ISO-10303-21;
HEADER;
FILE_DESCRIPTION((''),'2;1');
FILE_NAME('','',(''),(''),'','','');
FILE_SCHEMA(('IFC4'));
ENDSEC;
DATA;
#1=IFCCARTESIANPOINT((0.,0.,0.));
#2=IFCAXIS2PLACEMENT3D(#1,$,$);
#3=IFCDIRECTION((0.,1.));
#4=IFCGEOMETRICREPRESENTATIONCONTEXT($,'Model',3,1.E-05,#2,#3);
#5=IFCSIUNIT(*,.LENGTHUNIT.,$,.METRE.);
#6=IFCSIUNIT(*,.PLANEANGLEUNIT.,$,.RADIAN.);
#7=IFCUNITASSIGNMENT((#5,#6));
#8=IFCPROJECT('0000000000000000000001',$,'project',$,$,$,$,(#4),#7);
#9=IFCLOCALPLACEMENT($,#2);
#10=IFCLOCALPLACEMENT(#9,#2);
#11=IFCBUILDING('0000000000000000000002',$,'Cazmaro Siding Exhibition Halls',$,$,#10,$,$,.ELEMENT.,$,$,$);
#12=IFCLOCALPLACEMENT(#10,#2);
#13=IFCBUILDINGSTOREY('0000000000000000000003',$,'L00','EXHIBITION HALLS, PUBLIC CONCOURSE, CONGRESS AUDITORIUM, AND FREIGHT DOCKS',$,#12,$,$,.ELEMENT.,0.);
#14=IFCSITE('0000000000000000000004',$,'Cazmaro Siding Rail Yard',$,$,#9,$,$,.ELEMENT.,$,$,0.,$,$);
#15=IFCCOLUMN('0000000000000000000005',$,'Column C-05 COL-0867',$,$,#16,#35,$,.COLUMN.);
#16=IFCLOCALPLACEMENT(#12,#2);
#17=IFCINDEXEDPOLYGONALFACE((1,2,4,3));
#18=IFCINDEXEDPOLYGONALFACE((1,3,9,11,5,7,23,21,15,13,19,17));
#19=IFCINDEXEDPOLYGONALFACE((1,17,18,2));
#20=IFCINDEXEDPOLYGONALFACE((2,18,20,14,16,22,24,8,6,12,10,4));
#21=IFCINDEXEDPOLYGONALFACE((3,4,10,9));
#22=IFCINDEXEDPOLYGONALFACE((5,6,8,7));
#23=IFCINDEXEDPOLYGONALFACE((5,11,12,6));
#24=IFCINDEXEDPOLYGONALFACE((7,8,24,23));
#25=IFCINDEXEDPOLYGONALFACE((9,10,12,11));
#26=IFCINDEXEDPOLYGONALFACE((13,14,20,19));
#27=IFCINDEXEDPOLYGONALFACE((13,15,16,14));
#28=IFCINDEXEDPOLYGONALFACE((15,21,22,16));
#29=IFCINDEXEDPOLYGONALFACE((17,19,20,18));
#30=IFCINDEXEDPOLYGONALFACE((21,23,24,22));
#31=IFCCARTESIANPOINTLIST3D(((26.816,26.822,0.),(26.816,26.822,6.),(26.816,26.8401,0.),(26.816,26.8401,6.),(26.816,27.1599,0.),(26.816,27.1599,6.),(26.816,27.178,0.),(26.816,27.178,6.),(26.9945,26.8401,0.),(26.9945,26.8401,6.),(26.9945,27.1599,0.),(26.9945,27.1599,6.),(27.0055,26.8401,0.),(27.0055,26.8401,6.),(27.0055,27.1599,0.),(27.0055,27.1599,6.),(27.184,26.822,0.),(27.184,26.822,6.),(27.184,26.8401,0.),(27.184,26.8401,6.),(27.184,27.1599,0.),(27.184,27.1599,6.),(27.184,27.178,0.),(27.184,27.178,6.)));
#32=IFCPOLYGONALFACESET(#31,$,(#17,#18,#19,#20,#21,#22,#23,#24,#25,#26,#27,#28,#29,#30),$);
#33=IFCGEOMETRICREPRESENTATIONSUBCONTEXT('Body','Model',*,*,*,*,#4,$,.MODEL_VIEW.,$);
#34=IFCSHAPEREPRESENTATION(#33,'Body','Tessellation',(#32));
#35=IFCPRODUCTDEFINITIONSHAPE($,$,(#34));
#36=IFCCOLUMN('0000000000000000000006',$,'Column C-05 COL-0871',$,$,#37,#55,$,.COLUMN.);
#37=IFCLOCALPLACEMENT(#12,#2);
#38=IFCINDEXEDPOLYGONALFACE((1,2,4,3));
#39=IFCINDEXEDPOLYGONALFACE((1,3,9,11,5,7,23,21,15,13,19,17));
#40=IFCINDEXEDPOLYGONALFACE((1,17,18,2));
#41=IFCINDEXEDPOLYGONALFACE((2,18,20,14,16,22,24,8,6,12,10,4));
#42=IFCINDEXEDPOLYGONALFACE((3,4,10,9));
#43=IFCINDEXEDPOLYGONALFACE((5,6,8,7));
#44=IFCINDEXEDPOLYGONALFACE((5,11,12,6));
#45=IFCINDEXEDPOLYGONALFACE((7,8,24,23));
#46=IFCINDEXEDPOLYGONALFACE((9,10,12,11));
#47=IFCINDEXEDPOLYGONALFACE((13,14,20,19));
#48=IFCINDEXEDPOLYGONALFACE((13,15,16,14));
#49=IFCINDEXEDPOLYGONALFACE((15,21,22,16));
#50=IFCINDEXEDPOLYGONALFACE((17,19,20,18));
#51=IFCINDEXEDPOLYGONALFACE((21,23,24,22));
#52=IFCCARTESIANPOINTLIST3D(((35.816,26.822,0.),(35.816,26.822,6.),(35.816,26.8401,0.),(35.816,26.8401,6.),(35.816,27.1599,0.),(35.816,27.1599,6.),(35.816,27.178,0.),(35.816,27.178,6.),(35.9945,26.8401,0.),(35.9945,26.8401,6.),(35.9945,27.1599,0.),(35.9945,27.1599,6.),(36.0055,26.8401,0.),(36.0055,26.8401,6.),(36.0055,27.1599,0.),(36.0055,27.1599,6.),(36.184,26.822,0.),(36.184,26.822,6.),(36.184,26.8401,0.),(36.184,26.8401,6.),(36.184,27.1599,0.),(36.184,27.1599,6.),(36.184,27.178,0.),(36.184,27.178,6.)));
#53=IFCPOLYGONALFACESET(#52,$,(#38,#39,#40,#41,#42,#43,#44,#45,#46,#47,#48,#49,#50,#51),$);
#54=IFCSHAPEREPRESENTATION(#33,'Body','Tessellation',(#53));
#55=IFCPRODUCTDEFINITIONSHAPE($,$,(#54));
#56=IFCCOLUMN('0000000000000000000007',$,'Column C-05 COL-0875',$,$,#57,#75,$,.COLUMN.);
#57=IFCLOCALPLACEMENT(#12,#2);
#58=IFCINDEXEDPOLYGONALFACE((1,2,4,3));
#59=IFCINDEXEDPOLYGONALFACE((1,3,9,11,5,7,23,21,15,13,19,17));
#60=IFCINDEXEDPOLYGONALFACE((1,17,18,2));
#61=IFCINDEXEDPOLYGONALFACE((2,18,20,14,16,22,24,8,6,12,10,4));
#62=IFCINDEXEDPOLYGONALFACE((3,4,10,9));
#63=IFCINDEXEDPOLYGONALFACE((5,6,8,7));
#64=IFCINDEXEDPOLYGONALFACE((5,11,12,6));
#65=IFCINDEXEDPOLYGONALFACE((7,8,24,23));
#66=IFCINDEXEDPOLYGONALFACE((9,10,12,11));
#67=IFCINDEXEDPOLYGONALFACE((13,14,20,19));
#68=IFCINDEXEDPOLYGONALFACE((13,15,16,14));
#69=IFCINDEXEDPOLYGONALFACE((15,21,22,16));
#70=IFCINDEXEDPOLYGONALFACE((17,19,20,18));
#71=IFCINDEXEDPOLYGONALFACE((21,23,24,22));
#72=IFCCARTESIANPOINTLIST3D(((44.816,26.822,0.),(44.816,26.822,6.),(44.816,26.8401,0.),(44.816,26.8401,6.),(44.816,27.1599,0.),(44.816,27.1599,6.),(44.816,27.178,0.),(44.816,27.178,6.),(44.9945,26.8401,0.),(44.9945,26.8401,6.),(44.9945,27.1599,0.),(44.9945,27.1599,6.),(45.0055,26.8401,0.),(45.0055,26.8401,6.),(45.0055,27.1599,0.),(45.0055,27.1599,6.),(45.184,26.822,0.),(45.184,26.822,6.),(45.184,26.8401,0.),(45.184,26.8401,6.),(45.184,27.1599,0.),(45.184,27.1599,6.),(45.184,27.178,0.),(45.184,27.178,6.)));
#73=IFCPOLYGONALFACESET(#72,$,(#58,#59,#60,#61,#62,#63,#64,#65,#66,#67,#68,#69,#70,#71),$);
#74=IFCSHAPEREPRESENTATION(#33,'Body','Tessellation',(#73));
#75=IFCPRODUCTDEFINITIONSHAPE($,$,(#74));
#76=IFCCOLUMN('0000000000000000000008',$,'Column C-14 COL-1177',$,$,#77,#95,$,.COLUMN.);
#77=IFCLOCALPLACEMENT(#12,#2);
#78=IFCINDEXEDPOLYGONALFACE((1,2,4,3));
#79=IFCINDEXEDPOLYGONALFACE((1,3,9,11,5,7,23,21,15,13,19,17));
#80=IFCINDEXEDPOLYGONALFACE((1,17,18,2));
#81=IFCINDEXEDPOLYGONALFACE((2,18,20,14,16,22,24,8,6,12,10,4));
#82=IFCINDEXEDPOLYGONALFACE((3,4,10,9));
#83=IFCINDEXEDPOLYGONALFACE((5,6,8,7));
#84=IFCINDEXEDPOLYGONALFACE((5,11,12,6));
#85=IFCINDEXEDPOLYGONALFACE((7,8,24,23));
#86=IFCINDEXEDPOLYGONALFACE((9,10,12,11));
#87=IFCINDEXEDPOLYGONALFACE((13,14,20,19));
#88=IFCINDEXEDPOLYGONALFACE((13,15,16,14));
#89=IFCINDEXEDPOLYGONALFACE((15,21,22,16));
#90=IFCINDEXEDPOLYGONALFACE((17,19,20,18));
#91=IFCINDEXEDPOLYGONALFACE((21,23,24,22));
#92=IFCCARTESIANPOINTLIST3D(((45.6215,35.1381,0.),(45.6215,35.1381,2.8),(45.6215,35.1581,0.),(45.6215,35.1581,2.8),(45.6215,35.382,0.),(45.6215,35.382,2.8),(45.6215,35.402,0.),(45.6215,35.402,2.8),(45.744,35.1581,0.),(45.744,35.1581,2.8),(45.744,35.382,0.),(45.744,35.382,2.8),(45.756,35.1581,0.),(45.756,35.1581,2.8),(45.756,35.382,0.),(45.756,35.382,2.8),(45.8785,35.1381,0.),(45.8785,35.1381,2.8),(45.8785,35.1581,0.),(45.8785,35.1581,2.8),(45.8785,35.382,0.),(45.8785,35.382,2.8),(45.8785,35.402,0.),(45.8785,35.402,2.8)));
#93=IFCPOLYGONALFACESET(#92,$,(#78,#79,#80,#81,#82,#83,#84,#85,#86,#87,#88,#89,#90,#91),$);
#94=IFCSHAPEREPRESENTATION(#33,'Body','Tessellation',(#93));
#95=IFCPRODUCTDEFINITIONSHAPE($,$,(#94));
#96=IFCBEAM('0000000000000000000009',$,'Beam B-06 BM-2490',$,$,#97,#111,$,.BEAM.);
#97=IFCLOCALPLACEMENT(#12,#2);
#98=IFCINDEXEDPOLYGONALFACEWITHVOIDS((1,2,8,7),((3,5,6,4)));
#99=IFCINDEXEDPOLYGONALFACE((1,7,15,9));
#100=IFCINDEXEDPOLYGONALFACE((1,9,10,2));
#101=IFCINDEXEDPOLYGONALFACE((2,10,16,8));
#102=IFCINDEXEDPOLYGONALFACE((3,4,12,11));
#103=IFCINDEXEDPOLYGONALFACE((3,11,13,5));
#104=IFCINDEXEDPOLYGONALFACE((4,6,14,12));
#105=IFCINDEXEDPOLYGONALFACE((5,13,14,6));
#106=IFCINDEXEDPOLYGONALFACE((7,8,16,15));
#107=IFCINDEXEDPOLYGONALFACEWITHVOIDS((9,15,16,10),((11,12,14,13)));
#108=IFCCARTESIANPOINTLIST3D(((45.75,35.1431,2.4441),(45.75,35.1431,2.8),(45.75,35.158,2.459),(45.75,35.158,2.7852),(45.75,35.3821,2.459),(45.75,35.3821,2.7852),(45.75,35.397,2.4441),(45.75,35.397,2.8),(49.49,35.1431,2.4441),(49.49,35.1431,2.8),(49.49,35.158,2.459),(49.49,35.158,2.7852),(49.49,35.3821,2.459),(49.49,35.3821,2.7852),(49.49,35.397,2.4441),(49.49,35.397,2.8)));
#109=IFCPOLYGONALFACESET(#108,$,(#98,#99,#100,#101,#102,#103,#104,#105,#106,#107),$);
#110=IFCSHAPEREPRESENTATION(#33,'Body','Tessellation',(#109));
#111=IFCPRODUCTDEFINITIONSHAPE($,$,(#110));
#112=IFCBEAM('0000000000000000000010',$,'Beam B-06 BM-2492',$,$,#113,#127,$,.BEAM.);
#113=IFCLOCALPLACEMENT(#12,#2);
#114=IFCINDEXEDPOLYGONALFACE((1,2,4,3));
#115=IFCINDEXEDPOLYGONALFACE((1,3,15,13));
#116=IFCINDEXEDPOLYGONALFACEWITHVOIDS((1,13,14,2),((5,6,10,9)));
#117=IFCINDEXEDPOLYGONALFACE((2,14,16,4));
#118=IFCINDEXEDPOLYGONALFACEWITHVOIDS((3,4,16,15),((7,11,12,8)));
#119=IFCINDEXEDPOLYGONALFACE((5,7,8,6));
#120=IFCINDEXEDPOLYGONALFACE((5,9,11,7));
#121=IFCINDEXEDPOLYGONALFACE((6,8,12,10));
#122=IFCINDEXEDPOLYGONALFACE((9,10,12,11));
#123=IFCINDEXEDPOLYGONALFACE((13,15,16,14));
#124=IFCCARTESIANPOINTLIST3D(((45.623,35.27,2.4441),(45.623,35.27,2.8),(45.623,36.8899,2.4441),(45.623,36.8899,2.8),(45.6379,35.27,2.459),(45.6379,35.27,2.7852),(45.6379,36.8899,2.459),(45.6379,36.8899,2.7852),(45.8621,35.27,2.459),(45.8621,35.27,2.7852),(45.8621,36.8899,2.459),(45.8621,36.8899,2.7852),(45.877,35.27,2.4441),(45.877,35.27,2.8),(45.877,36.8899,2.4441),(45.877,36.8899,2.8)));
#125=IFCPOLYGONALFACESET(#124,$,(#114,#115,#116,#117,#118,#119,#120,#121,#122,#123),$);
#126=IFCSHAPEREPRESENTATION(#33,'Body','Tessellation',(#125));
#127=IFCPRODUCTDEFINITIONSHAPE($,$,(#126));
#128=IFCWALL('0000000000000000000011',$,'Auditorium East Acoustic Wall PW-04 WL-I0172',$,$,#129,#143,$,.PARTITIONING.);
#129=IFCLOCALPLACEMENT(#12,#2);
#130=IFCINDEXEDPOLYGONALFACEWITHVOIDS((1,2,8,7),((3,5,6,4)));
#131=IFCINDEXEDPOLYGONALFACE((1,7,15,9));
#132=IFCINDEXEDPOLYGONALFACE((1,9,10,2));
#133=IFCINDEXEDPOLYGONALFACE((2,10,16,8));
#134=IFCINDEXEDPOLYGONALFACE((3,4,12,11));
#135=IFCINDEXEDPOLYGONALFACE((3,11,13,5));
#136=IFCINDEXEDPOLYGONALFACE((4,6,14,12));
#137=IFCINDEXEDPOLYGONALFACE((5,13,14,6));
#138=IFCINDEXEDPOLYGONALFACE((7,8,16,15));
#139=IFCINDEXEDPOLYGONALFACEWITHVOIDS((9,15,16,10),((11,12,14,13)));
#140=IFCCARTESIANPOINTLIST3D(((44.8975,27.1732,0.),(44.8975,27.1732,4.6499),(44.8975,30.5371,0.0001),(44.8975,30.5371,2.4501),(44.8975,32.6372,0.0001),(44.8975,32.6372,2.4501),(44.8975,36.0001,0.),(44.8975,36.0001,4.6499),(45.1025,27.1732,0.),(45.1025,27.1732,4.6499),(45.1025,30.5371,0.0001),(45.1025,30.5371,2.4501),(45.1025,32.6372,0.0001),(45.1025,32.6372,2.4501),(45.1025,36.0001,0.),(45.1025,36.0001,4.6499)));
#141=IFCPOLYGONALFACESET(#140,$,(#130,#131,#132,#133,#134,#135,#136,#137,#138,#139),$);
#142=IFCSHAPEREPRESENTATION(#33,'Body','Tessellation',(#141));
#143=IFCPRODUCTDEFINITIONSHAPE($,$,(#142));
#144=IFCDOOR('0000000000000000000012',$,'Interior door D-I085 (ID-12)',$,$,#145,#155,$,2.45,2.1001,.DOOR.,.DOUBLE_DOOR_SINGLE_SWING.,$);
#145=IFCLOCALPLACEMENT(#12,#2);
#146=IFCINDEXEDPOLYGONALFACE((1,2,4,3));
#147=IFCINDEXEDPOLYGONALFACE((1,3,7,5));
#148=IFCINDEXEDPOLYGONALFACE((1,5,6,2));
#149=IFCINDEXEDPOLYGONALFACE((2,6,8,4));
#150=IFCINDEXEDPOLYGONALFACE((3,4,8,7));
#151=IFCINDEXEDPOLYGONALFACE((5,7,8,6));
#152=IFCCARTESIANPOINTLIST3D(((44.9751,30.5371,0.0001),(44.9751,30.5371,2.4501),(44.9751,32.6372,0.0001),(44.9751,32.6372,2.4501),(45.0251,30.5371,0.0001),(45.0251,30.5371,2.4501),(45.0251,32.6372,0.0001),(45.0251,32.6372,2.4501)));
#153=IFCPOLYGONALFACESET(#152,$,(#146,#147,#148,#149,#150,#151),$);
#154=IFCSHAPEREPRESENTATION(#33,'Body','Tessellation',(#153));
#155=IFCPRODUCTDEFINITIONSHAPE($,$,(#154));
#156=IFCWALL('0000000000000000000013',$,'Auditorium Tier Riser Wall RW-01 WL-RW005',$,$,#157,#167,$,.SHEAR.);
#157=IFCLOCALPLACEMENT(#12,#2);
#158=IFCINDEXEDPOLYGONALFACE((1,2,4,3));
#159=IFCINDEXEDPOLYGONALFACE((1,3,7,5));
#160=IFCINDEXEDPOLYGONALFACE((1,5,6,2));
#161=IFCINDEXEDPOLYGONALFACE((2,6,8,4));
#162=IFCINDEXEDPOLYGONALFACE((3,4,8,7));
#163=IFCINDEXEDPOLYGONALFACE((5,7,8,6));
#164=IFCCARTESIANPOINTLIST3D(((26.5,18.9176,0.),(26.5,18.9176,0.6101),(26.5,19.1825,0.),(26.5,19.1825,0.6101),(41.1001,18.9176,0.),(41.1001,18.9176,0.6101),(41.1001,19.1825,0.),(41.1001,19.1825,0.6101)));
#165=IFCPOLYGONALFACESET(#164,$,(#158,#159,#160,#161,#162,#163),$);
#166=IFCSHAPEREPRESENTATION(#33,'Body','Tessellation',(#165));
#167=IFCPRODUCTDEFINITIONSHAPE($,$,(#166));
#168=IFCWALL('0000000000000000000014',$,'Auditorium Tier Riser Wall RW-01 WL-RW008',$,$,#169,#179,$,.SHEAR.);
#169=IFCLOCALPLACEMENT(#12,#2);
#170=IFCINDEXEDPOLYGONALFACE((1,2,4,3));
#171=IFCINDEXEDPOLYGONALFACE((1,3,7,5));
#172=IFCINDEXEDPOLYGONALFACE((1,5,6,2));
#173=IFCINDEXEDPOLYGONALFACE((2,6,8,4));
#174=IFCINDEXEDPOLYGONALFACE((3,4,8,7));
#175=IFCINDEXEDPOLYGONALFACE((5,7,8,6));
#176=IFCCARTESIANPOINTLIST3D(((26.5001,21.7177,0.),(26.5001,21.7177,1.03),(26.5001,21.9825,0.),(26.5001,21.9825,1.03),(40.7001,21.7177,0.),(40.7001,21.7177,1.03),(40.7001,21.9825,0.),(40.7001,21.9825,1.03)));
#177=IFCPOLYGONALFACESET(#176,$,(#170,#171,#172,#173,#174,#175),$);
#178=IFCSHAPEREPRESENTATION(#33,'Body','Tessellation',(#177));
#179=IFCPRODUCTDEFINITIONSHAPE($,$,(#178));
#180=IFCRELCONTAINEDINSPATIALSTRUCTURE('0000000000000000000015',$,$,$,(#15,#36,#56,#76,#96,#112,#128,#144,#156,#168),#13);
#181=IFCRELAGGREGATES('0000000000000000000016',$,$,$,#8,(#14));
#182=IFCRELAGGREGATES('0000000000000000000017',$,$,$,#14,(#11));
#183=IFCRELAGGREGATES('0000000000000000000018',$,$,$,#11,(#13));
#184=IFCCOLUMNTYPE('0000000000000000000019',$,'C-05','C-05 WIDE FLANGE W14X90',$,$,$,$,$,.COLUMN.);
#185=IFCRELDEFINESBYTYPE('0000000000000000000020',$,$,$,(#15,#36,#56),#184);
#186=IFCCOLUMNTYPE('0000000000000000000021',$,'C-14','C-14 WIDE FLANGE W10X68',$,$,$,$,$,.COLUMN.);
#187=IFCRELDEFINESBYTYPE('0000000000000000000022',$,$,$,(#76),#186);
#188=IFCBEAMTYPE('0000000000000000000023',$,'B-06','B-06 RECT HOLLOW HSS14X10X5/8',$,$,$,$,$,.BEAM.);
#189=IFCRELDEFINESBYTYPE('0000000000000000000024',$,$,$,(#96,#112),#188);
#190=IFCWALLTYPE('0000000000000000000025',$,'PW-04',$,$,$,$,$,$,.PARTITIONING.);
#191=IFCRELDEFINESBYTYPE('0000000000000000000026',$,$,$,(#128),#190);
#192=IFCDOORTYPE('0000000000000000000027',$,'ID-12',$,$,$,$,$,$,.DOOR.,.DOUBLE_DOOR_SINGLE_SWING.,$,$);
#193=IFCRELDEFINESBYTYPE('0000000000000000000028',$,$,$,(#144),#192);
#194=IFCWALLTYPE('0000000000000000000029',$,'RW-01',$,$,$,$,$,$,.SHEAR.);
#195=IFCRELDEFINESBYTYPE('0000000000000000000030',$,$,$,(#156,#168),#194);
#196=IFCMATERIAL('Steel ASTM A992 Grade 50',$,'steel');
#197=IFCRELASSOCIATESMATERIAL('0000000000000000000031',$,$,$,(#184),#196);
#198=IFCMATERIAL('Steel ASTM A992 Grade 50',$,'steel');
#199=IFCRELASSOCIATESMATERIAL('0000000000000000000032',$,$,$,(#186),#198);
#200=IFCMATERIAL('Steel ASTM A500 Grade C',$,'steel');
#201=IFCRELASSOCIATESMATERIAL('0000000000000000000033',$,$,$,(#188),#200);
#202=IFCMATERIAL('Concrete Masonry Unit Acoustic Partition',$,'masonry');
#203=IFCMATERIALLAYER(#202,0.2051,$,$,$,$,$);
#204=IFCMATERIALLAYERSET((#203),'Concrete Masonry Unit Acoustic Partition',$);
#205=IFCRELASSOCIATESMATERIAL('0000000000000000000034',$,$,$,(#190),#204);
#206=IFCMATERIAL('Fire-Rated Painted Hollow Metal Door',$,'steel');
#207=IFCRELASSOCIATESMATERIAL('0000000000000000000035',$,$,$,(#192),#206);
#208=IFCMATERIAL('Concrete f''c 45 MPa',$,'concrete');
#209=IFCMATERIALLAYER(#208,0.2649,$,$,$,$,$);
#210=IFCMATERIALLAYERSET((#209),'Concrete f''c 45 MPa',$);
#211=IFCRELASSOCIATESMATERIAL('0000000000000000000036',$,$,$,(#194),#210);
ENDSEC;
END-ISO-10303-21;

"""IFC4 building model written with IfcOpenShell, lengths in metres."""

from ifc_helpers import new_model, si_unit, direction, frame, frame_2d, origin, origin_2d, place, context, subcontext, project, spatial, rectangle, hollow_rectangle, i_section, extrude, material, layer, layer_set, material_profile, profile_set, type_object, element, fill, save


model = new_model("IFC4")

# Units and contexts
model_context = context("Model", 3, precision=1e-05, world=origin(), true_north=direction((0.0, 1.0)))
body_context = subcontext(model_context, "Body", "Model", "MODEL_VIEW")
ifc_project = project(units=[si_unit("LENGTHUNIT", "METRE"), si_unit("PLANEANGLEUNIT", "RADIAN")], contexts=[model_context])

# Site, building, storey
site_placement = place(None, origin())
site = spatial("IfcSite", under=ifc_project, at=site_placement, Name="Cazmaro Siding Rail Yard", CompositionType="ELEMENT", RefElevation=0.0)
building_placement = place(site_placement, origin())
building = spatial("IfcBuilding", under=site, at=building_placement, Name="Cazmaro Siding Exhibition Halls", CompositionType="ELEMENT")
storey_placement = place(building_placement, origin())
storey = spatial("IfcBuildingStorey", under=building, at=storey_placement, Name="L00", Description="EXHIBITION HALLS, PUBLIC CONCOURSE, CONGRESS AUDITORIUM, AND FREIGHT DOCKS", CompositionType="ELEMENT", Elevation=0.0)

# Columns
ifc_material_1 = material(Name="Steel ASTM A992 Grade 50", Category="steel")
ifc_material_profile_1 = material_profile(ifc_material_1, i_section(OverallWidth=0.3679, OverallDepth=0.356, WebThickness=0.011, FlangeThickness=0.0181, at=origin_2d()), Name="W14X90")
ifc_profile_set_1 = profile_set([ifc_material_profile_1], Name="Steel ASTM A992 Grade 50")
column_type_1 = type_object("IfcColumnType", Name="C-05", Description="C-05 WIDE FLANGE W14X90", PredefinedType="COLUMN", material=ifc_profile_set_1)
for number, where, z_axis, x_axis, name in (
    (1, (27.0, 27.0, 0.0), (0.0, 0.0, 1.0), (1.0, 0.0, 0.0), "Column C-05 COL-0867"),
    (2, (36.0, 27.0, 0.0), (0.0, 0.0, 1.0), (1.0, 0.0, 0.0), "Column C-05 COL-0871"),
    (3, (45.0, 27.0, 0.0), (0.0, 0.0, 1.0), (1.0, 0.0, 0.0), "Column C-05 COL-0875"),
):
    element("IfcColumn", number, at=place(storey_placement, frame(where, z_axis=z_axis, x_axis=x_axis)), inside=storey, type_object=column_type_1, Name=name, PredefinedType="COLUMN", context=body_context, shape_type="SweptSolid", body=[
        extrude(i_section(OverallWidth=0.3679, OverallDepth=0.356, WebThickness=0.011, FlangeThickness=0.0181, at=origin_2d()), origin(), (0.0, 0.0, 1.0), 6.0),
    ])
ifc_material_2 = material(Name="Steel ASTM A992 Grade 50", Category="steel")
ifc_material_profile_2 = material_profile(ifc_material_2, i_section(OverallWidth=0.2571, OverallDepth=0.2639, WebThickness=0.012, FlangeThickness=0.02, at=origin_2d()), Name="W10X68")
ifc_profile_set_2 = profile_set([ifc_material_profile_2], Name="Steel ASTM A992 Grade 50")
column_type_2 = type_object("IfcColumnType", Name="C-14", Description="C-14 WIDE FLANGE W10X68", PredefinedType="COLUMN", material=ifc_profile_set_2)
column_placement = place(storey_placement, frame((45.75, 35.27, 0.0), z_axis=(0.0, 0.0, 1.0), x_axis=(1.0, 0.0, 0.0)))
element("IfcColumn", 4, at=column_placement, inside=storey, type_object=column_type_2, Name="Column C-14 COL-1177", PredefinedType="COLUMN", context=body_context, shape_type="SweptSolid", body=[
    extrude(i_section(OverallWidth=0.2571, OverallDepth=0.2639, WebThickness=0.012, FlangeThickness=0.02, at=origin_2d()), origin(), (0.0, 0.0, 1.0), 2.8),
])

# Beams
ifc_material_3 = material(Name="Steel ASTM A500 Grade C", Category="steel")
ifc_material_profile_3 = material_profile(ifc_material_3, hollow_rectangle(XDim=0.2539, YDim=0.356, WallThickness=0.0149, at=origin_2d()), Name="HSS14X10X5/8")
ifc_profile_set_3 = profile_set([ifc_material_profile_3], Name="Steel ASTM A500 Grade C")
beam_type = type_object("IfcBeamType", Name="B-06", Description="B-06 RECT HOLLOW HSS14X10X5/8", PredefinedType="BEAM", material=ifc_profile_set_3)
beam_1_placement = place(storey_placement, frame((45.75, 35.27, 2.6221), z_axis=(1.0, 0.0, 0.0), x_axis=(0.0, 1.0, 0.0)))
element("IfcBeam", 5, at=beam_1_placement, inside=storey, type_object=beam_type, Name="Beam B-06 BM-2490", PredefinedType="BEAM", context=body_context, shape_type="SweptSolid", body=[
    extrude(hollow_rectangle(XDim=0.2539, YDim=0.356, WallThickness=0.0149, at=origin_2d()), origin(), (0.0, 0.0, 1.0), 3.74),
])
beam_2_placement = place(storey_placement, frame((45.75, 35.27, 2.6221), z_axis=(0.0, 1.0, 0.0), x_axis=(-1.0, 0.0, 0.0)))
element("IfcBeam", 6, at=beam_2_placement, inside=storey, type_object=beam_type, Name="Beam B-06 BM-2492", PredefinedType="BEAM", context=body_context, shape_type="SweptSolid", body=[
    extrude(hollow_rectangle(XDim=0.2539, YDim=0.356, WallThickness=0.0149, at=origin_2d()), origin(), (0.0, 0.0, 1.0), 1.6199),
])

# Wall, opening, door
ifc_material_4 = material(Name="Concrete Masonry Unit Acoustic Partition", Category="masonry")
ifc_layer_1 = layer(ifc_material_4, 0.2051)
ifc_layer_set_1 = layer_set([ifc_layer_1], Name="Concrete Masonry Unit Acoustic Partition")
wall_type_1 = type_object("IfcWallType", Name="PW-04", PredefinedType="PARTITIONING", material=ifc_layer_set_1)
wall_1_placement = place(storey_placement, frame((45.0, 27.1731, 0.0), z_axis=(0.0, 0.0, 1.0), x_axis=(0.0, 1.0, 0.0)))
wall_1 = element("IfcWall", 7, at=wall_1_placement, inside=storey, type_object=wall_type_1, Name="Auditorium East Acoustic Wall PW-04 WL-I0172", PredefinedType="PARTITIONING", context=body_context, shape_type="SweptSolid", body=[
    extrude(rectangle(XDim=8.8269, YDim=0.2051, at=frame_2d((4.4136, 0.0))), origin(), (0.0, 0.0, 1.0), 4.6499),
])
opening_placement = place(wall_1_placement, frame((3.364, 0.0, 0.0)))
opening = element("IfcOpeningElement", 8, at=opening_placement, cuts=wall_1, PredefinedType="OPENING", context=body_context, shape_type="SweptSolid", body=[
    extrude(rectangle(XDim=2.1001, YDim=2.45, at=frame_2d((1.05, 1.2251))), frame((0.0, 0.1125, 0.0), z_axis=(0.0, -1.0, 0.0), x_axis=(1.0, 0.0, 0.0)), (0.0, 0.0, 1.0), 0.2251),
])
ifc_material_5 = material(Name="Fire-Rated Painted Hollow Metal Door", Category="steel")
door_type = type_object("IfcDoorType", Name="ID-12", OperationType="DOUBLE_DOOR_SINGLE_SWING", PredefinedType="DOOR", material=ifc_material_5)
door_placement = place(opening_placement, origin())
door = element("IfcDoor", 9, at=door_placement, inside=storey, type_object=door_type, Name="Interior door D-I085 (ID-12)", OperationType="DOUBLE_DOOR_SINGLE_SWING", OverallHeight=2.45, OverallWidth=2.1001, PredefinedType="DOOR", context=body_context, shape_type="SweptSolid", body=[
    extrude(rectangle(XDim=2.1001, YDim=2.45, at=frame_2d((1.05, 1.2251))), frame((0.0, 0.0249, 0.0), z_axis=(0.0, -1.0, 0.0), x_axis=(1.0, 0.0, 0.0)), (0.0, 0.0, 1.0), 0.05),
])
fill(opening, door)

# Walls
ifc_material_6 = material(Name="Concrete f'c 45 MPa", Category="concrete")
ifc_layer_2 = layer(ifc_material_6, 0.2649)
ifc_layer_set_2 = layer_set([ifc_layer_2], Name="Concrete f'c 45 MPa")
wall_type_2 = type_object("IfcWallType", Name="RW-01", PredefinedType="SHEAR", material=ifc_layer_set_2)
wall_2_placement = place(storey_placement, frame((26.5, 19.05, 0.0), z_axis=(0.0, 0.0, 1.0), x_axis=(1.0, 0.0, 0.0)))
element("IfcWall", 10, at=wall_2_placement, inside=storey, type_object=wall_type_2, Name="Auditorium Tier Riser Wall RW-01 WL-RW005", PredefinedType="SHEAR", context=body_context, shape_type="SweptSolid", body=[
    extrude(rectangle(XDim=14.6001, YDim=0.2649, at=frame_2d((7.3, 0.0))), origin(), (0.0, 0.0, 1.0), 0.6101),
])
wall_3_placement = place(storey_placement, frame((26.5, 21.8501, 0.0), z_axis=(0.0, 0.0, 1.0), x_axis=(1.0, 0.0, 0.0)))
element("IfcWall", 11, at=wall_3_placement, inside=storey, type_object=wall_type_2, Name="Auditorium Tier Riser Wall RW-01 WL-RW008", PredefinedType="SHEAR", context=body_context, shape_type="SweptSolid", body=[
    extrude(rectangle(XDim=14.2, YDim=0.2649, at=frame_2d((7.1001, 0.0))), origin(), (0.0, 0.0, 1.0), 1.03),
])

save(model, "model.ifc")
